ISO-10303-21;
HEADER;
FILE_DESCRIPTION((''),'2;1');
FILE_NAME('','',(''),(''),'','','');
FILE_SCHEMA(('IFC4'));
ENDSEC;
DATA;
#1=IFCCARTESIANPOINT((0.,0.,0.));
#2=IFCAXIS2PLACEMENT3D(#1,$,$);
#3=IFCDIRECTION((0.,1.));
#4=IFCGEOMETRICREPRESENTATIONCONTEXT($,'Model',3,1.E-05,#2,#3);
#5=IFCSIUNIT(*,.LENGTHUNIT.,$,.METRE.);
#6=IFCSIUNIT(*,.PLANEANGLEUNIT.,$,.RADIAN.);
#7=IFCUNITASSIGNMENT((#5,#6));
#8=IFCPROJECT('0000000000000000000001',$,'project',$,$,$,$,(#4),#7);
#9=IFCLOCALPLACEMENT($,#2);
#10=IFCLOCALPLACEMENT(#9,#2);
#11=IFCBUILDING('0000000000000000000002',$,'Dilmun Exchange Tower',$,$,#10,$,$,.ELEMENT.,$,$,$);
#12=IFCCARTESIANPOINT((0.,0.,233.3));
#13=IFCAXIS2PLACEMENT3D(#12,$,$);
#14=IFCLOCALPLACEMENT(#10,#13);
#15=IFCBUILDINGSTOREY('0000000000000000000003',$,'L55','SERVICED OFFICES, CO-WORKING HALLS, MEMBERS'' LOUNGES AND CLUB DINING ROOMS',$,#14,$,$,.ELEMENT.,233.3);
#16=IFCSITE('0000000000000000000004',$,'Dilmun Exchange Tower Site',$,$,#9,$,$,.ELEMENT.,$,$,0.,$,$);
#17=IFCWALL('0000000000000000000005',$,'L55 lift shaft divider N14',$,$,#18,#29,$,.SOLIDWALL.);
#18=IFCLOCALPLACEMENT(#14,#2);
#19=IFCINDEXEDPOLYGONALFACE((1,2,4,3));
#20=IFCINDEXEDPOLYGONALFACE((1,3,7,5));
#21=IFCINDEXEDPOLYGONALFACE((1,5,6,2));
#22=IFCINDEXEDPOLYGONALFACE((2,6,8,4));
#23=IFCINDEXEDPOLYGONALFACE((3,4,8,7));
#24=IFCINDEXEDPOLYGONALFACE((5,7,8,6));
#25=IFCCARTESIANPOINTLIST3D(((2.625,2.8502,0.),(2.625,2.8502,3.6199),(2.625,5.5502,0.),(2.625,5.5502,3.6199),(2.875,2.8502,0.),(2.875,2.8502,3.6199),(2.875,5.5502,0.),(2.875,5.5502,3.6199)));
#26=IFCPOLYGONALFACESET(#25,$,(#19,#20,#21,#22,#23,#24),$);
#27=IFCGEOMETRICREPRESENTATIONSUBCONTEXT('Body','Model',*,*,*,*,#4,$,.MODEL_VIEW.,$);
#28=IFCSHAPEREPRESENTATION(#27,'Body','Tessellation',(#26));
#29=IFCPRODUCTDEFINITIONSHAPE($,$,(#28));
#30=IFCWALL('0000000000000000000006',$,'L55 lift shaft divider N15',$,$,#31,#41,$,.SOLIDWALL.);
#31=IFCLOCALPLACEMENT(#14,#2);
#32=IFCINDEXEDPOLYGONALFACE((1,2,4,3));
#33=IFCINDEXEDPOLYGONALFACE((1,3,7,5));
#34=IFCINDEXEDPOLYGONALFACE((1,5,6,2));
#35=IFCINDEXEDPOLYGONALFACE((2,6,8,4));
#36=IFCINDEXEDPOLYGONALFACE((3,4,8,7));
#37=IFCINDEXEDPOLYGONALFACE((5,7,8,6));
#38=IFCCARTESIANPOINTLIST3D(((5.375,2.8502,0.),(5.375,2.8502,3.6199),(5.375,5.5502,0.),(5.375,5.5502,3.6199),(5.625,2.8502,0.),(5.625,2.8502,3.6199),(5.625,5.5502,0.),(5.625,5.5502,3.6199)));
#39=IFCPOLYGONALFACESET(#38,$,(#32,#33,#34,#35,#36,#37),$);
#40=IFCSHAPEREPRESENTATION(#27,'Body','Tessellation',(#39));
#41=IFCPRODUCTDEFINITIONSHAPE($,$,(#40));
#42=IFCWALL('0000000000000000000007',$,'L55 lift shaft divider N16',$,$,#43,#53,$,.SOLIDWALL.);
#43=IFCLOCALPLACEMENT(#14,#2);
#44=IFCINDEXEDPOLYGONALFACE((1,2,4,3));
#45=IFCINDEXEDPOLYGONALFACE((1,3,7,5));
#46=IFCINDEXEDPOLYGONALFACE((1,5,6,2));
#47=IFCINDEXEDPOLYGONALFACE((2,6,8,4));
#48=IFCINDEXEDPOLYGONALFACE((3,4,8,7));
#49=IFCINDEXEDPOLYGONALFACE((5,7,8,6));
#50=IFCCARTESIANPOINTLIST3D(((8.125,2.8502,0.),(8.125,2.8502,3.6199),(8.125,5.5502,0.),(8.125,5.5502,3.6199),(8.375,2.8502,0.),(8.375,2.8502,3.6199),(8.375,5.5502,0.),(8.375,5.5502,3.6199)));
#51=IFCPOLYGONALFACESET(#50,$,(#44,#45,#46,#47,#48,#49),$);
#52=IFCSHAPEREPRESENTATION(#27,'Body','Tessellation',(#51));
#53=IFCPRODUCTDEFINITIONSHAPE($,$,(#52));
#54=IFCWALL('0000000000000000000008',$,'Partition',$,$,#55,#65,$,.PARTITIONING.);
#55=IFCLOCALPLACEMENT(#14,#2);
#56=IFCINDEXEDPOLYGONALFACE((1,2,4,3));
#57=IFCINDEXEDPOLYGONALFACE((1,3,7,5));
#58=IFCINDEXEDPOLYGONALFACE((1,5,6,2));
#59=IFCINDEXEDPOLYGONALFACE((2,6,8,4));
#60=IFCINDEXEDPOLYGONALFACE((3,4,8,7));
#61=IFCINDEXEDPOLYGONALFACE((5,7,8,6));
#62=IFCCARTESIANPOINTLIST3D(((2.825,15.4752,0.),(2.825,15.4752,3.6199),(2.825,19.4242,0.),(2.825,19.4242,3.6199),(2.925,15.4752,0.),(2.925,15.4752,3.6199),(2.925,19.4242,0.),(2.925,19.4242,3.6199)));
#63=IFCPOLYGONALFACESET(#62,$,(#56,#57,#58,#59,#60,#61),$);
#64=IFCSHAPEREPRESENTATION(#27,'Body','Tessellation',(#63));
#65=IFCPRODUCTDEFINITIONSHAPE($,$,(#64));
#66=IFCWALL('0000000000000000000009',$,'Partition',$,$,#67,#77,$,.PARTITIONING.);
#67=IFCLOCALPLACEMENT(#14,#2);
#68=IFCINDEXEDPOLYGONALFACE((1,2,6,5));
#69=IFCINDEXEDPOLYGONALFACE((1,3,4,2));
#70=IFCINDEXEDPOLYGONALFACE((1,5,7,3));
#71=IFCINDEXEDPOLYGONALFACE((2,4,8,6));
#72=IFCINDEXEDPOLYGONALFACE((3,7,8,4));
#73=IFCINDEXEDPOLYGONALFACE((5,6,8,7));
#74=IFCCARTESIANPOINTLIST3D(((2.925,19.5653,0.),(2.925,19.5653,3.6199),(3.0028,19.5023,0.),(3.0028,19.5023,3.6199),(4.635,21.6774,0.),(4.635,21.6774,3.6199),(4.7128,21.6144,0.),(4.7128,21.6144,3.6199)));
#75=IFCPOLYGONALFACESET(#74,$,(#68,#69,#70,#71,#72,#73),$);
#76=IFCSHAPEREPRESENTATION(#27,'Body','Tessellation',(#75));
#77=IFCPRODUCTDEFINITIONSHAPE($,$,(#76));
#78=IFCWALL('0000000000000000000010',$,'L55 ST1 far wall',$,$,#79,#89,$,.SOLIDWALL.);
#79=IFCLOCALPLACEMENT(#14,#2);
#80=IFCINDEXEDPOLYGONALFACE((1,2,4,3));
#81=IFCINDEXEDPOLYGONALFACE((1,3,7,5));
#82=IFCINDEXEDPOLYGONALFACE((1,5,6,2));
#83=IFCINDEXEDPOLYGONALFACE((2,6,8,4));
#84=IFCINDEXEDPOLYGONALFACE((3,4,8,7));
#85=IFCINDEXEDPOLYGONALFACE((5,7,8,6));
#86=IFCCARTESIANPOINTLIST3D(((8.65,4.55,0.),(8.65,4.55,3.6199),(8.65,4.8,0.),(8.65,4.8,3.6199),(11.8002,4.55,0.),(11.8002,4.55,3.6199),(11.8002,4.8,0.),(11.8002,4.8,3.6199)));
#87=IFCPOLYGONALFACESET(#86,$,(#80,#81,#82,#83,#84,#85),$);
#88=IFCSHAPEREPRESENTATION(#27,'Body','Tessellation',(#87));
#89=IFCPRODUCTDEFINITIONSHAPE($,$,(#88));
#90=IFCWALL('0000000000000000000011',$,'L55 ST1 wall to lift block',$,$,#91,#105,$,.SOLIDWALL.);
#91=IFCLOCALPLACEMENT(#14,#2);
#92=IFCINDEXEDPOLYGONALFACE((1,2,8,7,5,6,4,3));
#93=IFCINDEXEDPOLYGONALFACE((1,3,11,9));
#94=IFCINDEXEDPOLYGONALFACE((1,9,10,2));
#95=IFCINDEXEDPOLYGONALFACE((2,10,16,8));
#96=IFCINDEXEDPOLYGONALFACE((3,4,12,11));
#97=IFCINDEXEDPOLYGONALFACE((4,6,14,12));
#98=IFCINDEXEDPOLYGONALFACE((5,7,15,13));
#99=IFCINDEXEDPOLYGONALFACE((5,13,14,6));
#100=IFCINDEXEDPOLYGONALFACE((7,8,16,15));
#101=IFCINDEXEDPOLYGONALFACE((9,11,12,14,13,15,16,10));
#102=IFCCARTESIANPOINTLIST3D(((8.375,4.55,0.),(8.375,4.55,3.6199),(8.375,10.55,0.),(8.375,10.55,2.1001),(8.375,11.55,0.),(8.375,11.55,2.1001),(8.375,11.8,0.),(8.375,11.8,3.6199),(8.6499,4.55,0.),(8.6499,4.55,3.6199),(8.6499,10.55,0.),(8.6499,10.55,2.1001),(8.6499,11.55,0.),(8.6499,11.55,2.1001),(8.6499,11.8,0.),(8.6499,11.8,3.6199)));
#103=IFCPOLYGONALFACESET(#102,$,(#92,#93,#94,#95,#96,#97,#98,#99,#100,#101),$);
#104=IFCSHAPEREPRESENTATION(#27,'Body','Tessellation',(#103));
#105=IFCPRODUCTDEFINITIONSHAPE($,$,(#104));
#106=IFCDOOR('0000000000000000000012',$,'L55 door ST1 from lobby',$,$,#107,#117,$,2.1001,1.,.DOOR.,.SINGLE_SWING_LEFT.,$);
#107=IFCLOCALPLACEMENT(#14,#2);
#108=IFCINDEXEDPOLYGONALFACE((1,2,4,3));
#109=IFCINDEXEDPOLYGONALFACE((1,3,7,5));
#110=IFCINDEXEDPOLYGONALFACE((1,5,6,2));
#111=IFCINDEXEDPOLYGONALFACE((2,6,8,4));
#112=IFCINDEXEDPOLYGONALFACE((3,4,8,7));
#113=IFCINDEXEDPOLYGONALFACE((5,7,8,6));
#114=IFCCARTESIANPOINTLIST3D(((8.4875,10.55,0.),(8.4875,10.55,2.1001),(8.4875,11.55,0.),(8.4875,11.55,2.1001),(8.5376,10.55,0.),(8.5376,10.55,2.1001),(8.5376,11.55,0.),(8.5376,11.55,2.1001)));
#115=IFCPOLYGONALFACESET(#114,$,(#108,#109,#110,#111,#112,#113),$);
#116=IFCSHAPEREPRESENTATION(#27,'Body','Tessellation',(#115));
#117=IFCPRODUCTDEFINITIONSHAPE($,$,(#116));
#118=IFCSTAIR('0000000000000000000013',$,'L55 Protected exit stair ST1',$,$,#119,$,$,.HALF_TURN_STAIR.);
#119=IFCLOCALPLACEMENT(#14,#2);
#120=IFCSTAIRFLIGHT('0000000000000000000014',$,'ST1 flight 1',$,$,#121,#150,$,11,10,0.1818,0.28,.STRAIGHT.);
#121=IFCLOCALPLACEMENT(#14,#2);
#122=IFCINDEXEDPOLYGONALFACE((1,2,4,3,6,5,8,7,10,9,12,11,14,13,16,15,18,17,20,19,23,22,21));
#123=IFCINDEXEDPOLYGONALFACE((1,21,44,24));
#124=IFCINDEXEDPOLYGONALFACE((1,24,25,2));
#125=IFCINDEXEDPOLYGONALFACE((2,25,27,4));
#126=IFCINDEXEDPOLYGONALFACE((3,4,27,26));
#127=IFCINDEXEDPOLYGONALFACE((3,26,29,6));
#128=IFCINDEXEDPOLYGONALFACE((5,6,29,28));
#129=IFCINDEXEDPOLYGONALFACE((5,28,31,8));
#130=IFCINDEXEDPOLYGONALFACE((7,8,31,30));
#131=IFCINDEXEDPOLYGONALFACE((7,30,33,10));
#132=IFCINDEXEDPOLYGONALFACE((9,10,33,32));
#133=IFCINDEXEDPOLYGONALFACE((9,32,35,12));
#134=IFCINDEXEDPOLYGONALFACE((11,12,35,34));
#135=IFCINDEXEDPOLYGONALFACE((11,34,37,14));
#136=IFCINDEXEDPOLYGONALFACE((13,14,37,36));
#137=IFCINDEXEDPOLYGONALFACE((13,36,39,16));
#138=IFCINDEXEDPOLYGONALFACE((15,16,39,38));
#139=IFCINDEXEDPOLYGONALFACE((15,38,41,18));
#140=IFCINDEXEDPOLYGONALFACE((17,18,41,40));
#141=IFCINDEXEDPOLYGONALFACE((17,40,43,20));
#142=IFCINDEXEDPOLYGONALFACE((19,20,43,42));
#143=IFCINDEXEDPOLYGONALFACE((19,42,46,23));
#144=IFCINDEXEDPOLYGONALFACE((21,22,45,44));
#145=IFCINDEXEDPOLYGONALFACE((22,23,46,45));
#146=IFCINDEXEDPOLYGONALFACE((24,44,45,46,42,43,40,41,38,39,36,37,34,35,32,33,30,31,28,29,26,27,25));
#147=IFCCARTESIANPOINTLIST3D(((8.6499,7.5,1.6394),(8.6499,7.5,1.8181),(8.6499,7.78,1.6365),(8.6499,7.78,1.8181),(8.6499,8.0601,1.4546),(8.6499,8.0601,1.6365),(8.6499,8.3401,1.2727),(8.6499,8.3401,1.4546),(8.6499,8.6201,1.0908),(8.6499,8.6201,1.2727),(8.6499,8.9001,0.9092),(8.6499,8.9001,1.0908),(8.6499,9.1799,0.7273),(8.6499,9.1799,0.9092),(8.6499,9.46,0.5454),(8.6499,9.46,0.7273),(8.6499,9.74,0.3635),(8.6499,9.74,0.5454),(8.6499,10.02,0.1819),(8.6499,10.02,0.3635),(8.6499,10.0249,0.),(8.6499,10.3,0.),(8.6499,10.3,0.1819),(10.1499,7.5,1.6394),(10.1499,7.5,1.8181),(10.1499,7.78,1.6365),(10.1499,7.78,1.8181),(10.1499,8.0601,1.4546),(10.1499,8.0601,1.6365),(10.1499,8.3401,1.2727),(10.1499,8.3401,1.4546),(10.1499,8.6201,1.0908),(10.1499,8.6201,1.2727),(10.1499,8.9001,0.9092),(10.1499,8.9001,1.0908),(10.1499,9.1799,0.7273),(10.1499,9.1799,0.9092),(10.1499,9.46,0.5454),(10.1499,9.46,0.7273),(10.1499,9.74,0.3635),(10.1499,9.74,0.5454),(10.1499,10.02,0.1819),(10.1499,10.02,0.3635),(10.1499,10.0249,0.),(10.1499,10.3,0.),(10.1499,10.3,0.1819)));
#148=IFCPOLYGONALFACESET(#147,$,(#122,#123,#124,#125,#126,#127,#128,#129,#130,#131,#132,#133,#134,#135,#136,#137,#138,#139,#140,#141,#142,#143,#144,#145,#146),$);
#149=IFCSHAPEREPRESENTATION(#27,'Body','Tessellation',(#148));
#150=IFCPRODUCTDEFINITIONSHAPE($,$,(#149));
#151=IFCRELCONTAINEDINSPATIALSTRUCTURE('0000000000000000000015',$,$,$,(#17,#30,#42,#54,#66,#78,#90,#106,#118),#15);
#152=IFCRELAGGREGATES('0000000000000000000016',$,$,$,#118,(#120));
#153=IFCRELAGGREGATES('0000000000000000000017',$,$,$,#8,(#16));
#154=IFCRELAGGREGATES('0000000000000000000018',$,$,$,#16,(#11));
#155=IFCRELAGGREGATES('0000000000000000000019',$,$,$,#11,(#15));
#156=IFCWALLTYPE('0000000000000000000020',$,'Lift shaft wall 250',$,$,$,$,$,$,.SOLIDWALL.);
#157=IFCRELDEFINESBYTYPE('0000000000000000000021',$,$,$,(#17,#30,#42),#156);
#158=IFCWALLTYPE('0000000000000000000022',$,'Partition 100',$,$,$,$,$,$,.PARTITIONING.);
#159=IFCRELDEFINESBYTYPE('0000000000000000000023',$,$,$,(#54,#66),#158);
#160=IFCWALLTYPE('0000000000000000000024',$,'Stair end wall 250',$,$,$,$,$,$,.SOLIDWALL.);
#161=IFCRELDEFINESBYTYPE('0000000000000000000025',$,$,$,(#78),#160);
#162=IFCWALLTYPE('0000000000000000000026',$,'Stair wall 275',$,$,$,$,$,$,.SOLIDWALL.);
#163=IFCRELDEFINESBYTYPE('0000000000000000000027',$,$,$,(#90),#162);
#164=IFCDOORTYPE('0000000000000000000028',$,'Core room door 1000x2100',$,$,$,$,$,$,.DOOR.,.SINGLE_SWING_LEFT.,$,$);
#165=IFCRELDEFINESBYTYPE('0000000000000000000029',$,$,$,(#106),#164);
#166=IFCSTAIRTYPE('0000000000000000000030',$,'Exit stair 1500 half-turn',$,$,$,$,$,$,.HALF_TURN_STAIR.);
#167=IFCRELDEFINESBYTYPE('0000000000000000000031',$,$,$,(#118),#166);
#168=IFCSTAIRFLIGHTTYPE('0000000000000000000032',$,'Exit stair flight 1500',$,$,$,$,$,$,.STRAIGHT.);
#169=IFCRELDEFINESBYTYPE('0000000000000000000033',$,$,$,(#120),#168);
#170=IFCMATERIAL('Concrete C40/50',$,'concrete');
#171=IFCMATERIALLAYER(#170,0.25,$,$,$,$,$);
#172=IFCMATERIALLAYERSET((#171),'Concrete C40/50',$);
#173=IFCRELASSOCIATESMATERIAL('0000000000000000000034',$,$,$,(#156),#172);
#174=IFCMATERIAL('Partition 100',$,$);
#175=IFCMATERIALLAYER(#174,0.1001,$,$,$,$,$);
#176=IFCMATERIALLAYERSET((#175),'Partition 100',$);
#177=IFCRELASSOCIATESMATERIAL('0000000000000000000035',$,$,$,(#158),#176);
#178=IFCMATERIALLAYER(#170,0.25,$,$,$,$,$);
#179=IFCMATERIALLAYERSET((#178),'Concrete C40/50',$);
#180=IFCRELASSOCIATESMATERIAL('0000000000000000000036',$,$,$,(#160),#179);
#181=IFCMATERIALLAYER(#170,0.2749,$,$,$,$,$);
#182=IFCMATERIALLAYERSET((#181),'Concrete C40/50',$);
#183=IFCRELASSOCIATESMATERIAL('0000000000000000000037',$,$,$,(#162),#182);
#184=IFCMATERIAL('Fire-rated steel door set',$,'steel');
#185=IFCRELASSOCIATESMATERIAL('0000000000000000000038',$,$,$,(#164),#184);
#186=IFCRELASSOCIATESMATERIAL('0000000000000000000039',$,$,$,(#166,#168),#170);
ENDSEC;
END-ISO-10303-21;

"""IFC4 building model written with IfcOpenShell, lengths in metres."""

from ifc_helpers import new_model, si_unit, direction, frame, frame_2d, origin, place, context, subcontext, project, spatial, polyline, rectangle, outline, extrude, material, layer, layer_set, type_object, element, fill, aggregate, save


model = new_model("IFC4")

# Units and contexts
model_context = context("Model", 3, precision=1e-05, world=origin(), true_north=direction((0.0, 1.0)))
body_context = subcontext(model_context, "Body", "Model", "MODEL_VIEW")
ifc_project = project(units=[si_unit("LENGTHUNIT", "METRE"), si_unit("PLANEANGLEUNIT", "RADIAN")], contexts=[model_context])

# Site, building, storey
site_placement = place(None, origin())
site = spatial("IfcSite", under=ifc_project, at=site_placement, Name="Dilmun Exchange Tower Site", CompositionType="ELEMENT", RefElevation=0.0)
building_placement = place(site_placement, origin())
building = spatial("IfcBuilding", under=site, at=building_placement, Name="Dilmun Exchange Tower", CompositionType="ELEMENT")
storey_placement = place(building_placement, frame((0.0, 0.0, 233.3)))
storey = spatial("IfcBuildingStorey", under=building, at=storey_placement, Name="L55", Description="SERVICED OFFICES, CO-WORKING HALLS, MEMBERS' LOUNGES AND CLUB DINING ROOMS", CompositionType="ELEMENT", Elevation=233.3)

# Shared definitions
ifc_material_1 = material(Name="Concrete C40/50", Category="concrete")
ifc_material_2 = material(Name="Fire-rated steel door set", Category="steel")

# Walls
ifc_layer_1 = layer(ifc_material_1, 0.25)
ifc_layer_set_1 = layer_set([ifc_layer_1], Name="Concrete C40/50")
wall_type_1 = type_object("IfcWallType", Name="Lift shaft wall 250", PredefinedType="SOLIDWALL", material=ifc_layer_set_1)
for number, where, z_axis, x_axis, name in (
    (1, (2.75, 2.8501, 0.0), (0.0, 0.0, 1.0), (0.0, 1.0, 0.0), "L55 lift shaft divider N14"),
    (2, (5.5, 2.8501, 0.0), (0.0, 0.0, 1.0), (0.0, 1.0, 0.0), "L55 lift shaft divider N15"),
    (3, (8.25, 2.8501, 0.0), (0.0, 0.0, 1.0), (0.0, 1.0, 0.0), "L55 lift shaft divider N16"),
):
    element("IfcWall", number, at=place(storey_placement, frame(where, z_axis=z_axis, x_axis=x_axis)), inside=storey, type_object=wall_type_1, Name=name, PredefinedType="SOLIDWALL", context=body_context, shape_type="SweptSolid", body=[
        extrude(rectangle(XDim=2.7, YDim=0.25, at=frame_2d((1.3501, 0.0))), origin(), (0.0, 0.0, 1.0), 3.6199),
    ])
ifc_material_3 = material(Name="Partition 100")
ifc_layer_2 = layer(ifc_material_3, 0.1001)
ifc_layer_set_2 = layer_set([ifc_layer_2], Name="Partition 100")
wall_type_2 = type_object("IfcWallType", Name="Partition 100", PredefinedType="PARTITIONING", material=ifc_layer_set_2)
wall_1_placement = place(storey_placement, frame((2.875, 15.4751, 0.0), z_axis=(0.0, 0.0, 1.0), x_axis=(0.0, 1.0, 0.0)))
element("IfcWall", 4, at=wall_1_placement, inside=storey, type_object=wall_type_2, Name="Partition", PredefinedType="PARTITIONING", context=body_context, shape_type="SweptSolid", body=[
    extrude(rectangle(XDim=3.949, YDim=0.1001, at=frame_2d((1.9746, 0.0))), origin(), (0.0, 0.0, 1.0), 3.6199),
])
wall_2_placement = place(storey_placement, frame((2.9639, 19.5337, 0.0), z_axis=(0.0, 0.0, 1.0), x_axis=(0.629242, 0.777209, 0.0)))
element("IfcWall", 5, at=wall_2_placement, inside=storey, type_object=wall_type_2, Name="Partition", PredefinedType="PARTITIONING", context=body_context, shape_type="SweptSolid", body=[
    extrude(rectangle(XDim=2.7175, YDim=0.1001, at=frame_2d((1.3589, 0.0))), origin(), (0.0, 0.0, 1.0), 3.6199),
])
ifc_layer_3 = layer(ifc_material_1, 0.25)
ifc_layer_set_3 = layer_set([ifc_layer_3], Name="Concrete C40/50")
wall_type_3 = type_object("IfcWallType", Name="Stair end wall 250", PredefinedType="SOLIDWALL", material=ifc_layer_set_3)
wall_3_placement = place(storey_placement, frame((8.6499, 4.675, 0.0), z_axis=(0.0, 0.0, 1.0), x_axis=(1.0, 0.0, 0.0)))
element("IfcWall", 6, at=wall_3_placement, inside=storey, type_object=wall_type_3, Name="L55 ST1 far wall", PredefinedType="SOLIDWALL", context=body_context, shape_type="SweptSolid", body=[
    extrude(rectangle(XDim=3.1501, YDim=0.25, at=frame_2d((1.5752, 0.0))), origin(), (0.0, 0.0, 1.0), 3.6199),
])

# Wall, opening, door
ifc_layer_4 = layer(ifc_material_1, 0.2749)
ifc_layer_set_4 = layer_set([ifc_layer_4], Name="Concrete C40/50")
wall_type_4 = type_object("IfcWallType", Name="Stair wall 275", PredefinedType="SOLIDWALL", material=ifc_layer_set_4)
wall_4_placement = place(storey_placement, frame((8.5125, 4.55, 0.0), z_axis=(0.0, 0.0, 1.0), x_axis=(0.0, 1.0, 0.0)))
wall_4 = element("IfcWall", 7, at=wall_4_placement, inside=storey, type_object=wall_type_4, Name="L55 ST1 wall to lift block", PredefinedType="SOLIDWALL", context=body_context, shape_type="SweptSolid", body=[
    extrude(rectangle(XDim=7.25, YDim=0.2749, at=frame_2d((3.625, 0.0))), origin(), (0.0, 0.0, 1.0), 3.6199),
])
opening_1_placement = place(wall_4_placement, frame((6.0, 0.0, 0.0)))
opening_1 = element("IfcOpeningElement", 8, at=opening_1_placement, cuts=wall_4, PredefinedType="OPENING", context=body_context, shape_type="SweptSolid", body=[
    extrude(rectangle(XDim=1.0, YDim=2.1001, at=frame_2d((0.5, 1.05))), frame((0.0, 0.1475, 0.0), z_axis=(0.0, -1.0, 0.0), x_axis=(1.0, 0.0, 0.0)), (0.0, 0.0, 1.0), 0.2949),
])
door_type_1 = type_object("IfcDoorType", Name="Core room door 1000x2100", OperationType="SINGLE_SWING_LEFT", PredefinedType="DOOR", material=ifc_material_2)
door_1_placement = place(opening_1_placement, origin())
door_1 = element("IfcDoor", 9, at=door_1_placement, inside=storey, type_object=door_type_1, Name="L55 door ST1 from lobby", OperationType="SINGLE_SWING_LEFT", OverallHeight=2.1001, OverallWidth=1.0, PredefinedType="DOOR", context=body_context, shape_type="SweptSolid", body=[
    extrude(rectangle(XDim=1.0, YDim=2.1001, at=frame_2d((0.5, 1.05))), frame((0.0, 0.0249, 0.0), z_axis=(0.0, -1.0, 0.0), x_axis=(1.0, 0.0, 0.0)), (0.0, 0.0, 1.0), 0.05),
])
fill(opening_1, door_1)

# Stair, stair flight
stair_type = type_object("IfcStairType", Name="Exit stair 1500 half-turn", PredefinedType="HALF_TURN_STAIR", material=ifc_material_1)
stair_placement = place(storey_placement, origin())
stair = element("IfcStair", 10, at=stair_placement, inside=storey, type_object=stair_type, Name="L55 Protected exit stair ST1", PredefinedType="HALF_TURN_STAIR")
stair_flight_type = type_object("IfcStairFlightType", Name="Exit stair flight 1500", PredefinedType="STRAIGHT", material=ifc_material_1)
stair_flight_placement = place(storey_placement, frame((9.3999, 10.3, 0.0), z_axis=(0.0, 0.0, 1.0), x_axis=(0.0, -1.0, 0.0)))
stair_flight = element("IfcStairFlight", 11, at=stair_flight_placement, type_object=stair_flight_type, Name="ST1 flight 1", NumberOfRisers=11, NumberOfTreads=10, PredefinedType="STRAIGHT", RiserHeight=0.1818, TreadLength=0.28, context=body_context, shape_type="SweptSolid", body=[
    extrude(outline(polyline([(0.0, 0.0), (0.0, 0.1819), (0.28, 0.1819), (0.28, 0.3635), (0.5601, 0.3635), (0.5601, 0.5454), (0.8401, 0.5454), (0.8401, 0.7273), (1.1201, 0.7273), (1.1201, 0.9092), (1.3999, 0.9092), (1.3999, 1.0908), (1.6799, 1.0908), (1.6799, 1.2727), (1.96, 1.2727), (1.96, 1.4546), (2.24, 1.4546), (2.24, 1.6365), (2.52, 1.6365), (2.52, 1.8181), (2.8, 1.8181), (2.8, 2.0), (2.8, 1.6394), (0.2751, 0.0), (0.0, 0.0)])), frame((0.0, 0.75, 0.0), z_axis=(0.0, -1.0, 0.0), x_axis=(1.0, 0.0, 0.0)), (0.0, 0.0, 1.0), 1.5),
])
aggregate(stair, [stair_flight])

save(model, "model.ifc")
